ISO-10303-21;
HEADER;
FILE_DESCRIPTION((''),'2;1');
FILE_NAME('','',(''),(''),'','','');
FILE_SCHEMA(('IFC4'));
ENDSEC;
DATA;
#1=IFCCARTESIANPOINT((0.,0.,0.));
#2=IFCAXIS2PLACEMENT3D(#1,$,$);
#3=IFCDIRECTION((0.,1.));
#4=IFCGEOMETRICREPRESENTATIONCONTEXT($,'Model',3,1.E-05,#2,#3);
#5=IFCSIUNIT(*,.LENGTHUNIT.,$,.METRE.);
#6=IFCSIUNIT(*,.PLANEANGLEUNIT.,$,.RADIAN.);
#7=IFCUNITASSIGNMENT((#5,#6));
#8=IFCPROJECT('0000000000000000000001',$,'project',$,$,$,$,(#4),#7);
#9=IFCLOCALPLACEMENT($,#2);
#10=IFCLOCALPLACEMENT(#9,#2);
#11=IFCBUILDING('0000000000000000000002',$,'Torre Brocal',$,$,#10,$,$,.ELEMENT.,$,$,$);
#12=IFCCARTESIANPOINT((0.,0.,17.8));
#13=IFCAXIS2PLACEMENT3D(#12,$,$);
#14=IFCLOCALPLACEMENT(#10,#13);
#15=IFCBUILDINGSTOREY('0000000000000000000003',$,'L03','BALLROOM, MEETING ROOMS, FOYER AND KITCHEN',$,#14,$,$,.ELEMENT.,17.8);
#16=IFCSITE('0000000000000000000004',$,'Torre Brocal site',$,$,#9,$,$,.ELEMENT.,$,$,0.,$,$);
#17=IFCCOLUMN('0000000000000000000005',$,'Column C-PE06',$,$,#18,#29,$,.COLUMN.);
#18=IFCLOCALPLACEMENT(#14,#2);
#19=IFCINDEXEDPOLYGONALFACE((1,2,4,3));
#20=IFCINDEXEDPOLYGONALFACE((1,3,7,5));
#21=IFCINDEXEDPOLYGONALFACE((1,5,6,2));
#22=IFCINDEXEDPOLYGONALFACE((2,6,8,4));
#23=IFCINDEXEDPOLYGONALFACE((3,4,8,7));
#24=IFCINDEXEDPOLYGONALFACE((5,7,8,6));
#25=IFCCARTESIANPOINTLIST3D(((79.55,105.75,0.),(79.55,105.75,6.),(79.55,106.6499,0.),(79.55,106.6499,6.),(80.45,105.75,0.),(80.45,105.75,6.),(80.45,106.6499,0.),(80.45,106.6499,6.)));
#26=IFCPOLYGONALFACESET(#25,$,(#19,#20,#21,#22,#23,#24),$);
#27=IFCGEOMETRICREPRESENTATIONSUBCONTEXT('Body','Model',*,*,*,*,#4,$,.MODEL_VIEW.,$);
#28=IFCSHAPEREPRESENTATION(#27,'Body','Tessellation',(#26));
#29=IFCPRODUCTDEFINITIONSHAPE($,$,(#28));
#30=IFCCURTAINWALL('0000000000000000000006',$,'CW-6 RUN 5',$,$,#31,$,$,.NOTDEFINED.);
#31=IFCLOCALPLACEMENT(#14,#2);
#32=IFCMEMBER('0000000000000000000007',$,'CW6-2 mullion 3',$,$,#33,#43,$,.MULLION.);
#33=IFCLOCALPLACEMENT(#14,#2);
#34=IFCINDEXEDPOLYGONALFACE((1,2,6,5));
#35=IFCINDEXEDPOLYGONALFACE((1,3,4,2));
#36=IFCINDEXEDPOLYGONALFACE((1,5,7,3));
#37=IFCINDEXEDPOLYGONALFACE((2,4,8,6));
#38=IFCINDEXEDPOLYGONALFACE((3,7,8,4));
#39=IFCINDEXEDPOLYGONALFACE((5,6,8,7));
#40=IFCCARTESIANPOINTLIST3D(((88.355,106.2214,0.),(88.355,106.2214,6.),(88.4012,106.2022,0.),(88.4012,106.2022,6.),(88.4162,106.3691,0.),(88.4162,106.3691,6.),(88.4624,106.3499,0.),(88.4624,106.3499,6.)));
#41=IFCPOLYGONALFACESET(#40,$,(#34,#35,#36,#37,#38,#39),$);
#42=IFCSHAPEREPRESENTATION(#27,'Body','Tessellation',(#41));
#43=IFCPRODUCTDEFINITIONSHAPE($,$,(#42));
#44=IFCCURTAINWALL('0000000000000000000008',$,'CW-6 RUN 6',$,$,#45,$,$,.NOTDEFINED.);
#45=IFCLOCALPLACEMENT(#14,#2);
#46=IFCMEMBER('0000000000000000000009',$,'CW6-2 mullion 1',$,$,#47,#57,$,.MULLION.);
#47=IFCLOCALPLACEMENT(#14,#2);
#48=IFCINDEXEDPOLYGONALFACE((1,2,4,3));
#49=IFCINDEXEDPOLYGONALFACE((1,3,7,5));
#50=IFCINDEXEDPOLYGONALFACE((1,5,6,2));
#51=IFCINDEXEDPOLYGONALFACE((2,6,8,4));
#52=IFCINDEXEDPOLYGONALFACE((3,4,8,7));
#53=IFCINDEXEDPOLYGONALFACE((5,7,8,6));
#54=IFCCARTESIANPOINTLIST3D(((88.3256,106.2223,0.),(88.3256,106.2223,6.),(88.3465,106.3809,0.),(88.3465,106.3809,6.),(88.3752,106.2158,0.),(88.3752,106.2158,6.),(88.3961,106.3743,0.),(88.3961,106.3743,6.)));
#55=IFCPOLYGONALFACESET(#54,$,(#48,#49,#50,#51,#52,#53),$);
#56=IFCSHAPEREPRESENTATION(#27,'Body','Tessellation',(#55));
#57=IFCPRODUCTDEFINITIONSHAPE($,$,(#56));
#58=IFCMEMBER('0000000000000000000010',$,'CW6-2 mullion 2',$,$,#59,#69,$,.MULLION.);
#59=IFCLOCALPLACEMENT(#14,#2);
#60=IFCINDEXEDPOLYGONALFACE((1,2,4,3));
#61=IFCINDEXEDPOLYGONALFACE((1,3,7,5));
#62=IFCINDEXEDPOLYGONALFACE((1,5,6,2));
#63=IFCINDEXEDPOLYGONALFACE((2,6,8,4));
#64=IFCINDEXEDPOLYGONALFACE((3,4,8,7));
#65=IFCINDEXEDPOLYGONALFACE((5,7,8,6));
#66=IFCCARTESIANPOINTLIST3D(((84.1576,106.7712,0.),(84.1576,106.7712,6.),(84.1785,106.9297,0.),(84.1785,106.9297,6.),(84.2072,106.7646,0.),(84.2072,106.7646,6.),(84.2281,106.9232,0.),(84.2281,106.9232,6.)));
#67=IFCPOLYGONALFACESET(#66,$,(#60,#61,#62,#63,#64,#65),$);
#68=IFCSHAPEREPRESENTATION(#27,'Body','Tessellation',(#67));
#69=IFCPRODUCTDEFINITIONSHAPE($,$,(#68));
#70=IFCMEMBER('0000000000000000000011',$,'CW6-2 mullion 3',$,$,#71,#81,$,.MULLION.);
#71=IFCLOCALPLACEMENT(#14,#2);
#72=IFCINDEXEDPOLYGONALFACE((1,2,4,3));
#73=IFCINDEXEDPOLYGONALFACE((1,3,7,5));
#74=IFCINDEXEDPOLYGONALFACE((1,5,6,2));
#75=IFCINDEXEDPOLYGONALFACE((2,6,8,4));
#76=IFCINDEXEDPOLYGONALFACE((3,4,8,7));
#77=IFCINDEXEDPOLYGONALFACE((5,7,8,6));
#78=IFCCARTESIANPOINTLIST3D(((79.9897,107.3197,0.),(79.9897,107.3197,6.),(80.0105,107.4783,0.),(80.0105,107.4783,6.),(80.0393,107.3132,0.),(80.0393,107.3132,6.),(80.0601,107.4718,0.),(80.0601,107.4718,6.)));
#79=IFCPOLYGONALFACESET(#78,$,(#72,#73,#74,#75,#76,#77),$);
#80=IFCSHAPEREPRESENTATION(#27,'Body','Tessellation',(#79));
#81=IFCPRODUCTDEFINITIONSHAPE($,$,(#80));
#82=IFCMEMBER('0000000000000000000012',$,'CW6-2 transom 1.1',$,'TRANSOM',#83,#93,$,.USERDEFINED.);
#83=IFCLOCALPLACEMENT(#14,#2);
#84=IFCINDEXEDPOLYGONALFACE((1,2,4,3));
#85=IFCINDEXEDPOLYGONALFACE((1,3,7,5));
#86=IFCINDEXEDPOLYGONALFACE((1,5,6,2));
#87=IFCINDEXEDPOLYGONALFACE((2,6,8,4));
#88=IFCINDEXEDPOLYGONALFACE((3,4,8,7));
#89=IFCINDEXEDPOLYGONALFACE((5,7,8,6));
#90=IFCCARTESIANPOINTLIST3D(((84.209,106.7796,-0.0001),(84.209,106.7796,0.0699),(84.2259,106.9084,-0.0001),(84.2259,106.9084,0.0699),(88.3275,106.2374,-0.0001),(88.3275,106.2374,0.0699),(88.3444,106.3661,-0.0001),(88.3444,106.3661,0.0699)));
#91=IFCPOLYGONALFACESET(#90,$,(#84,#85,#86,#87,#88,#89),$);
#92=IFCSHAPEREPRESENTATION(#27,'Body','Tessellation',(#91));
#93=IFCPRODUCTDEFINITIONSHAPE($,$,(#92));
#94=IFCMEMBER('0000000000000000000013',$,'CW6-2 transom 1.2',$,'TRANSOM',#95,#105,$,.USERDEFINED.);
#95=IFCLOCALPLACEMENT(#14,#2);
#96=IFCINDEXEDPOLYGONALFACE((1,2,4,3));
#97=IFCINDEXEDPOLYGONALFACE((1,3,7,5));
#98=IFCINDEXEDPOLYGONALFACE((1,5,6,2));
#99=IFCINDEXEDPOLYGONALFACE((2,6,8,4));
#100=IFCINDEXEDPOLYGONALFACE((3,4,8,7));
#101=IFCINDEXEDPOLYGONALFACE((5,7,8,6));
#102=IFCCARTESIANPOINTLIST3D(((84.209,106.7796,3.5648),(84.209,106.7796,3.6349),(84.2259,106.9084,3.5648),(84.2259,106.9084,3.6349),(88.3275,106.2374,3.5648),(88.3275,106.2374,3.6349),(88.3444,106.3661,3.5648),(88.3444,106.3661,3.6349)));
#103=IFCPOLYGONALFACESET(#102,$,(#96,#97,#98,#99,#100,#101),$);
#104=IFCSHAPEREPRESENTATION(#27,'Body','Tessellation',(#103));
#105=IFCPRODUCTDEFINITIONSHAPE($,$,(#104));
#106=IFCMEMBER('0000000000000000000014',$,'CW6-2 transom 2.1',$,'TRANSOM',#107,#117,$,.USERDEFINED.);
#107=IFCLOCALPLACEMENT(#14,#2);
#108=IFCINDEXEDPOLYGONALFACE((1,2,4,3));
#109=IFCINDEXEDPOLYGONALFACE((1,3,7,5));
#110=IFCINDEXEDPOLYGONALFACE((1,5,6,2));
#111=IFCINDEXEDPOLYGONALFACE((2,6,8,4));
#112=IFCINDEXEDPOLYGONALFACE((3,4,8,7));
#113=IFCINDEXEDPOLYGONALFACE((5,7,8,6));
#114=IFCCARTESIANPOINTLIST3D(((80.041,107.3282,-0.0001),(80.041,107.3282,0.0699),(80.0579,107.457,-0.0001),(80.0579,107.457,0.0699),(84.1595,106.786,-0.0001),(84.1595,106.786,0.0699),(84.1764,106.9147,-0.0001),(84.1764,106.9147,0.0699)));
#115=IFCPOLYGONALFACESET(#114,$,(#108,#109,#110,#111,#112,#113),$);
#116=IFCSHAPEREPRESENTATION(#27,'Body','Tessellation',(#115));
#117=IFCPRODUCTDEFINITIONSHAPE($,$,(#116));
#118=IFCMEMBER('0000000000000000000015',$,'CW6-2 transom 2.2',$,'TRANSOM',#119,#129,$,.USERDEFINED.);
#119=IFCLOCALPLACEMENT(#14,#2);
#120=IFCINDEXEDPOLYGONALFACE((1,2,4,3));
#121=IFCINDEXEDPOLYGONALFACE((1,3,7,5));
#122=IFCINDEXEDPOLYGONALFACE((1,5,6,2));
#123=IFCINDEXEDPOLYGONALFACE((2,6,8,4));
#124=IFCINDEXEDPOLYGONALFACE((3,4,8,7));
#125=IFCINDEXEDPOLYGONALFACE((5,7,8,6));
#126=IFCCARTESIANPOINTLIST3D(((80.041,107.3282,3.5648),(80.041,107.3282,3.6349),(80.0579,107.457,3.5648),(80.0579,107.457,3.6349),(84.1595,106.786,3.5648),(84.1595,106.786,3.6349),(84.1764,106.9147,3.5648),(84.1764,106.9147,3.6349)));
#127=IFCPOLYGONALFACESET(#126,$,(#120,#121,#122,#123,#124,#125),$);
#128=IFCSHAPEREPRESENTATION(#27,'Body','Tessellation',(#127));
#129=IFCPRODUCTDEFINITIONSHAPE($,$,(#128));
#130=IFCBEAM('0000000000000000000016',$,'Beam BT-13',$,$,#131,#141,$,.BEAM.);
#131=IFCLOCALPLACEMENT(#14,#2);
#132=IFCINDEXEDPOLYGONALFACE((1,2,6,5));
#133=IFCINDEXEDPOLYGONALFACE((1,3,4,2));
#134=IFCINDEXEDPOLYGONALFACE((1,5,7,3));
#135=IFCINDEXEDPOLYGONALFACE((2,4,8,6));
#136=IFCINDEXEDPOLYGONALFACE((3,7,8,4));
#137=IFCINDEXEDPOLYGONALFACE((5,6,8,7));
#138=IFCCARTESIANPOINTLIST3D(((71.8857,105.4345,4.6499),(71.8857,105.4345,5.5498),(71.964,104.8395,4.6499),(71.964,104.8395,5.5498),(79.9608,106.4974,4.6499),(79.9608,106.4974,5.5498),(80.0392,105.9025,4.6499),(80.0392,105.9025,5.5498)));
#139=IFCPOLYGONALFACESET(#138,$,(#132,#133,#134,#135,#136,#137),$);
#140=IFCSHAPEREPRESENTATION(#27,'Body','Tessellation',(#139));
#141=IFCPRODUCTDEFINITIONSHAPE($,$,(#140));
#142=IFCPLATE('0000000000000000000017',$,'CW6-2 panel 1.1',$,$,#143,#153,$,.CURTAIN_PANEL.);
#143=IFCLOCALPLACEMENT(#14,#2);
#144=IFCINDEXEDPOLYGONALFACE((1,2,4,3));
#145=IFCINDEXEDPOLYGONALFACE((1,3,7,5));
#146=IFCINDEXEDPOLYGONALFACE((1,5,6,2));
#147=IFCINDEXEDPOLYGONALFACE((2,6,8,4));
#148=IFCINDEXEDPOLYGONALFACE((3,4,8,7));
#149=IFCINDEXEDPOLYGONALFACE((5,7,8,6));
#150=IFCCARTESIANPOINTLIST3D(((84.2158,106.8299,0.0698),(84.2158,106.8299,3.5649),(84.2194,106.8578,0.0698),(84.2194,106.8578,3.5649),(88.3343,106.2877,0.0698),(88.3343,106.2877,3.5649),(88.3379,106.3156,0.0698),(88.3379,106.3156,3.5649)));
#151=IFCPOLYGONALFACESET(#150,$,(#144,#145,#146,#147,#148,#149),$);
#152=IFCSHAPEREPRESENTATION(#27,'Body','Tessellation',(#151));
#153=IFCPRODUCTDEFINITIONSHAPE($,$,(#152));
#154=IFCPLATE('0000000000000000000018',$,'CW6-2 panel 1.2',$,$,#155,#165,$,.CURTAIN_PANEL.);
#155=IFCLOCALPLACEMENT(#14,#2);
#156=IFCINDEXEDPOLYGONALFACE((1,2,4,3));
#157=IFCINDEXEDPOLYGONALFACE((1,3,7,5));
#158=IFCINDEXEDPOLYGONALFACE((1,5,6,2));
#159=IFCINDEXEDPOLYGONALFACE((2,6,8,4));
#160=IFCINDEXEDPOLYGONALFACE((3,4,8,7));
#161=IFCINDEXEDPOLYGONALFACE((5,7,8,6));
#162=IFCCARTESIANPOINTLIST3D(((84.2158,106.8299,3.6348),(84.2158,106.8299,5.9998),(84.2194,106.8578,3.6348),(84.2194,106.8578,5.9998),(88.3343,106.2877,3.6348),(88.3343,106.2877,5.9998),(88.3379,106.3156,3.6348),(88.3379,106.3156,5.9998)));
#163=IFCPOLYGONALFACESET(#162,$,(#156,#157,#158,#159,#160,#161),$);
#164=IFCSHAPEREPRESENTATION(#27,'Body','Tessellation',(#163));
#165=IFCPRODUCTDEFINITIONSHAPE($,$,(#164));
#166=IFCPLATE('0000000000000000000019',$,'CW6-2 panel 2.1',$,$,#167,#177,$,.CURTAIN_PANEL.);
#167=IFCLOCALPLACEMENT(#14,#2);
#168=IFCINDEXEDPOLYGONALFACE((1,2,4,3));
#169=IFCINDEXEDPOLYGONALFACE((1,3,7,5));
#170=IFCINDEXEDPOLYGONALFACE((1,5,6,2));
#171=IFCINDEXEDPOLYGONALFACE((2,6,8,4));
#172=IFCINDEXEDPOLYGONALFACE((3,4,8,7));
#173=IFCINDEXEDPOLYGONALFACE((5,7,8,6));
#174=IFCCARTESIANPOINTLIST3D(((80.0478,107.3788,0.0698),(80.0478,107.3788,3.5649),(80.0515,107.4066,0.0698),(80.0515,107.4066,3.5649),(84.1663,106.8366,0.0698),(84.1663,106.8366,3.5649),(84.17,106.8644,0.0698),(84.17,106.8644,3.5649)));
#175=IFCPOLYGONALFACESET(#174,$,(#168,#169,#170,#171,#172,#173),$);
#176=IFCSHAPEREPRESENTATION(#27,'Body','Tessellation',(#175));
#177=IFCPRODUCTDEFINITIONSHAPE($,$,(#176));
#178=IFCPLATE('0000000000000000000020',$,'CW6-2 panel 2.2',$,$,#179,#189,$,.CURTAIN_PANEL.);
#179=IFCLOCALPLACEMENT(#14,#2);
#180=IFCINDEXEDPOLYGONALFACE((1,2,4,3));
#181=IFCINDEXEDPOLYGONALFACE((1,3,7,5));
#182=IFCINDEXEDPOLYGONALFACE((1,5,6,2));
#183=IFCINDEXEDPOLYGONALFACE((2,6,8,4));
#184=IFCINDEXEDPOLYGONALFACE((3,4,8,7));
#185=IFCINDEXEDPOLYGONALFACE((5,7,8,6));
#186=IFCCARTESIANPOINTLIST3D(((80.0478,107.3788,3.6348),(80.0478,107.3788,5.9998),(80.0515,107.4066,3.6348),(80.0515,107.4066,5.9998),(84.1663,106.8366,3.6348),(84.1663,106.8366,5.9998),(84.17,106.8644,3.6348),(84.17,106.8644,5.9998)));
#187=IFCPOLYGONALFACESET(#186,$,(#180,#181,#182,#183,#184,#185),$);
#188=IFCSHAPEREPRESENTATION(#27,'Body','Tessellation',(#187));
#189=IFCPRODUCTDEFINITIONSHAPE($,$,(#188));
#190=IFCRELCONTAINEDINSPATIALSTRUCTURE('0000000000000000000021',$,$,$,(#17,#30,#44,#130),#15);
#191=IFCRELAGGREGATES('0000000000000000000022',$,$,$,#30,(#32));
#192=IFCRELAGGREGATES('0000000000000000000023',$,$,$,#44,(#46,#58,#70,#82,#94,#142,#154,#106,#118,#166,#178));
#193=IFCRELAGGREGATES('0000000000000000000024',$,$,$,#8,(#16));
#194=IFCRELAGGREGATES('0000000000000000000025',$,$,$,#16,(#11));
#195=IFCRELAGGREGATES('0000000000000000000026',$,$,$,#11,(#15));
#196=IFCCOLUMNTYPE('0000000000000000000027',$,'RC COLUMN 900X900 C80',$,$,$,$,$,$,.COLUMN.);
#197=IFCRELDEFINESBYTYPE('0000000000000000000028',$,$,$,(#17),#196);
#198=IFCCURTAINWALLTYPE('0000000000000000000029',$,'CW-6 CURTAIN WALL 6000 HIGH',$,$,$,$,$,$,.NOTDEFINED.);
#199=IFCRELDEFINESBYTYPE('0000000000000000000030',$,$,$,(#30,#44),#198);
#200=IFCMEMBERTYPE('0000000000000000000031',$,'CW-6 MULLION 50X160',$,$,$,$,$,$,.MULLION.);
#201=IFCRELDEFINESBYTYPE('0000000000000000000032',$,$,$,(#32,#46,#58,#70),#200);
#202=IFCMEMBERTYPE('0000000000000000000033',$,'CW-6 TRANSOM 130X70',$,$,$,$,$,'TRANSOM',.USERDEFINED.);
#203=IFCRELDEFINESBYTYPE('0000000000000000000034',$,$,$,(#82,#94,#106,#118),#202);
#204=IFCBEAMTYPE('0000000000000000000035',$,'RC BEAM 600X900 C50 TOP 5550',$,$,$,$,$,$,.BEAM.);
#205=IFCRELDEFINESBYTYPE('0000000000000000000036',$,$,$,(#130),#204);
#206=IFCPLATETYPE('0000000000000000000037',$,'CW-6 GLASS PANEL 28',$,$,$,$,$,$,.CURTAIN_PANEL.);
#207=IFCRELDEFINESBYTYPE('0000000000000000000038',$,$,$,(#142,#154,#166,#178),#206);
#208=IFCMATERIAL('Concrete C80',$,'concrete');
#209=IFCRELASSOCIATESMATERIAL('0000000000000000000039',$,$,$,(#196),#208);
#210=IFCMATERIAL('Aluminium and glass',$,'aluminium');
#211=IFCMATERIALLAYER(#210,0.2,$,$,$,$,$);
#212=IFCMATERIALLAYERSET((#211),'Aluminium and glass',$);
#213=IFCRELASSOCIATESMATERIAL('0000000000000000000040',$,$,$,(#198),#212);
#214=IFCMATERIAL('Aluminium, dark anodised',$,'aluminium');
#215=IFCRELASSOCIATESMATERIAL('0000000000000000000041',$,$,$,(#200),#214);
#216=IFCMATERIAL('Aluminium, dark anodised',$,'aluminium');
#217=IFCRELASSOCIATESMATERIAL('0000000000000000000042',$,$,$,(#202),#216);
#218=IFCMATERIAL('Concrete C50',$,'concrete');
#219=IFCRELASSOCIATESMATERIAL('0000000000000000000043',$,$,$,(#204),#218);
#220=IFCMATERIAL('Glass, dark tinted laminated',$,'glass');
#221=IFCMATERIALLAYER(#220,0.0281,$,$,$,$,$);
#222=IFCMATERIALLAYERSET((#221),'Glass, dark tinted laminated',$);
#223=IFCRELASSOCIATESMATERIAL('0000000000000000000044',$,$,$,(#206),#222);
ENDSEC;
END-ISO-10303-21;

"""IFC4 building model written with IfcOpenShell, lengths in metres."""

from ifc_helpers import new_model, si_unit, direction, frame, origin, origin_2d, place, context, subcontext, project, spatial, rectangle, extrude, material, layer, layer_set, material_profile, profile_set, type_object, element, aggregate, save


model = new_model("IFC4")

# Units and contexts
model_context = context("Model", 3, precision=1e-05, world=origin(), true_north=direction((0.0, 1.0)))
body_context = subcontext(model_context, "Body", "Model", "MODEL_VIEW")
ifc_project = project(units=[si_unit("LENGTHUNIT", "METRE"), si_unit("PLANEANGLEUNIT", "RADIAN")], contexts=[model_context])

# Site, building, storey
site_placement = place(None, origin())
site = spatial("IfcSite", under=ifc_project, at=site_placement, Name="Torre Brocal site", CompositionType="ELEMENT", RefElevation=0.0)
building_placement = place(site_placement, origin())
building = spatial("IfcBuilding", under=site, at=building_placement, Name="Torre Brocal", CompositionType="ELEMENT")
storey_placement = place(building_placement, frame((0.0, 0.0, 17.8)))
storey = spatial("IfcBuildingStorey", under=building, at=storey_placement, Name="L03", Description="BALLROOM, MEETING ROOMS, FOYER AND KITCHEN", CompositionType="ELEMENT", Elevation=17.8)

# Column
ifc_material_1 = material(Name="Concrete C80", Category="concrete")
ifc_material_profile_1 = material_profile(ifc_material_1, rectangle(XDim=0.8999, YDim=0.8999, at=origin_2d()), Name="RC 900X900")
ifc_profile_set_1 = profile_set([ifc_material_profile_1], Name="Concrete C80")
column_type = type_object("IfcColumnType", Name="RC COLUMN 900X900 C80", PredefinedType="COLUMN", material=ifc_profile_set_1)
column_placement = place(storey_placement, frame((80.0, 106.2, 0.0), z_axis=(0.0, 0.0, 1.0), x_axis=(0.0, 1.0, 0.0)))
element("IfcColumn", 1, at=column_placement, inside=storey, type_object=column_type, Name="Column C-PE06", PredefinedType="COLUMN", context=body_context, shape_type="SweptSolid", body=[
    extrude(rectangle(XDim=0.8999, YDim=0.8999, at=origin_2d()), origin(), (0.0, 0.0, 1.0), 6.0),
])

# Curtain wall, member
ifc_material_2 = material(Name="Aluminium and glass", Category="aluminium")
ifc_layer_1 = layer(ifc_material_2, 0.2)
ifc_layer_set_1 = layer_set([ifc_layer_1], Name="Aluminium and glass")
curtain_wall_type = type_object("IfcCurtainWallType", Name="CW-6 CURTAIN WALL 6000 HIGH", PredefinedType="NOTDEFINED", material=ifc_layer_set_1)
curtain_wall_1_placement = place(storey_placement, origin())
curtain_wall_1 = element("IfcCurtainWall", 2, at=curtain_wall_1_placement, inside=storey, type_object=curtain_wall_type, Name="CW-6 RUN 5", PredefinedType="NOTDEFINED")
ifc_material_3 = material(Name="Aluminium, dark anodised", Category="aluminium")
ifc_material_profile_2 = material_profile(ifc_material_3, rectangle(XDim=0.1599, YDim=0.05, at=origin_2d()), Name="CW-6 MULLION 50X160")
ifc_profile_set_2 = profile_set([ifc_material_profile_2], Name="Aluminium, dark anodised")
member_type_1 = type_object("IfcMemberType", Name="CW-6 MULLION 50X160", PredefinedType="MULLION", material=ifc_profile_set_2)
member_1_placement = place(storey_placement, frame((88.4087, 106.2856, 0.0), z_axis=(0.0, 0.0, 1.0), x_axis=(-0.382683, -0.92388, 0.0)))
member_1 = element("IfcMember", 3, at=member_1_placement, type_object=member_type_1, Name="CW6-2 mullion 3", PredefinedType="MULLION", context=body_context, shape_type="SweptSolid", body=[
    extrude(rectangle(XDim=0.1599, YDim=0.05, at=origin_2d()), origin(), (0.0, 0.0, 1.0), 6.0),
])
aggregate(curtain_wall_1, [member_1])

# Curtain wall, members
curtain_wall_2_placement = place(storey_placement, origin())
curtain_wall_2 = element("IfcCurtainWall", 4, at=curtain_wall_2_placement, inside=storey, type_object=curtain_wall_type, Name="CW-6 RUN 6", PredefinedType="NOTDEFINED")
member_2_placement = place(storey_placement, frame((88.3608, 106.2983, 0.0), z_axis=(0.0, 0.0, 1.0), x_axis=(-0.130526, -0.991445, 0.0)))
member_2 = element("IfcMember", 5, at=member_2_placement, type_object=member_type_1, Name="CW6-2 mullion 1", PredefinedType="MULLION", context=body_context, shape_type="SweptSolid", body=[
    extrude(rectangle(XDim=0.1599, YDim=0.05, at=origin_2d()), origin(), (0.0, 0.0, 1.0), 6.0),
])
member_3_placement = place(storey_placement, frame((84.1929, 106.8472, 0.0), z_axis=(0.0, 0.0, 1.0), x_axis=(-0.130526, -0.991445, 0.0)))
member_3 = element("IfcMember", 6, at=member_3_placement, type_object=member_type_1, Name="CW6-2 mullion 2", PredefinedType="MULLION", context=body_context, shape_type="SweptSolid", body=[
    extrude(rectangle(XDim=0.1599, YDim=0.05, at=origin_2d()), origin(), (0.0, 0.0, 1.0), 6.0),
])
member_4_placement = place(storey_placement, frame((80.0249, 107.3958, 0.0), z_axis=(0.0, 0.0, 1.0), x_axis=(-0.130526, -0.991445, 0.0)))
member_4 = element("IfcMember", 7, at=member_4_placement, type_object=member_type_1, Name="CW6-2 mullion 3", PredefinedType="MULLION", context=body_context, shape_type="SweptSolid", body=[
    extrude(rectangle(XDim=0.1599, YDim=0.05, at=origin_2d()), origin(), (0.0, 0.0, 1.0), 6.0),
])
ifc_material_4 = material(Name="Aluminium, dark anodised", Category="aluminium")
ifc_material_profile_3 = material_profile(ifc_material_4, rectangle(XDim=0.1299, YDim=0.0701, at=origin_2d()), Name="CW-6 TRANSOM 130X70")
ifc_profile_set_3 = profile_set([ifc_material_profile_3], Name="Aluminium, dark anodised")
member_type_2 = type_object("IfcMemberType", Name="CW-6 TRANSOM 130X70", ElementType="TRANSOM", PredefinedType="USERDEFINED", material=ifc_profile_set_3)
member_5_placement = place(storey_placement, frame((88.3359, 106.3018, 0.0349), z_axis=(-0.991444, 0.130535, 0.0), x_axis=(-0.130535, -0.991444, 0.0)))
member_5 = element("IfcMember", 8, at=member_5_placement, type_object=member_type_2, Name="CW6-2 transom 1.1", ObjectType="TRANSOM", PredefinedType="USERDEFINED", context=body_context, shape_type="SweptSolid", body=[
    extrude(rectangle(XDim=0.1299, YDim=0.0701, at=origin_2d()), origin(), (0.0, 0.0, 1.0), 4.1541),
])
member_6_placement = place(storey_placement, frame((88.3359, 106.3018, 3.5999), z_axis=(-0.991444, 0.130535, 0.0), x_axis=(-0.130535, -0.991444, 0.0)))
member_6 = element("IfcMember", 9, at=member_6_placement, type_object=member_type_2, Name="CW6-2 transom 1.2", ObjectType="TRANSOM", PredefinedType="USERDEFINED", context=body_context, shape_type="SweptSolid", body=[
    extrude(rectangle(XDim=0.1299, YDim=0.0701, at=origin_2d()), origin(), (0.0, 0.0, 1.0), 4.1541),
])
member_7_placement = place(storey_placement, frame((84.168, 106.8503, 0.0349), z_axis=(-0.991444, 0.130535, 0.0), x_axis=(-0.130535, -0.991444, 0.0)))
member_7 = element("IfcMember", 10, at=member_7_placement, type_object=member_type_2, Name="CW6-2 transom 2.1", ObjectType="TRANSOM", PredefinedType="USERDEFINED", context=body_context, shape_type="SweptSolid", body=[
    extrude(rectangle(XDim=0.1299, YDim=0.0701, at=origin_2d()), origin(), (0.0, 0.0, 1.0), 4.1541),
])
member_8_placement = place(storey_placement, frame((84.168, 106.8503, 3.5999), z_axis=(-0.991444, 0.130535, 0.0), x_axis=(-0.130535, -0.991444, 0.0)))
member_8 = element("IfcMember", 11, at=member_8_placement, type_object=member_type_2, Name="CW6-2 transom 2.2", ObjectType="TRANSOM", PredefinedType="USERDEFINED", context=body_context, shape_type="SweptSolid", body=[
    extrude(rectangle(XDim=0.1299, YDim=0.0701, at=origin_2d()), origin(), (0.0, 0.0, 1.0), 4.1541),
])

# Beam
ifc_material_5 = material(Name="Concrete C50", Category="concrete")
ifc_material_profile_4 = material_profile(ifc_material_5, rectangle(XDim=0.6001, YDim=0.8999, at=origin_2d()), Name="RC 600X900")
ifc_profile_set_4 = profile_set([ifc_material_profile_4], Name="Concrete C50")
beam_type = type_object("IfcBeamType", Name="RC BEAM 600X900 C50 TOP 5550", PredefinedType="BEAM", material=ifc_profile_set_4)
beam_placement = place(storey_placement, frame((80.0, 106.2, 5.0999), z_axis=(-0.991447, -0.13051, 0.0), x_axis=(0.13051, -0.991447, 0.0)))
element("IfcBeam", 12, at=beam_placement, inside=storey, type_object=beam_type, Name="Beam BT-13", PredefinedType="BEAM", context=body_context, shape_type="SweptSolid", body=[
    extrude(rectangle(XDim=0.6001, YDim=0.8999, at=origin_2d()), origin(), (0.0, 0.0, 1.0), 8.1448),
])

# Plates
ifc_material_6 = material(Name="Glass, dark tinted laminated", Category="glass")
ifc_layer_2 = layer(ifc_material_6, 0.0281)
ifc_layer_set_2 = layer_set([ifc_layer_2], Name="Glass, dark tinted laminated")
plate_type = type_object("IfcPlateType", Name="CW-6 GLASS PANEL 28", PredefinedType="CURTAIN_PANEL", material=ifc_layer_set_2)
plate_1_placement = place(storey_placement, frame((86.2769, 106.5728, 0.0698), z_axis=(0.0, 0.0, 1.0), x_axis=(-0.991445, 0.130526, 0.0)))
plate_1 = element("IfcPlate", 13, at=plate_1_placement, type_object=plate_type, Name="CW6-2 panel 1.1", PredefinedType="CURTAIN_PANEL", context=body_context, shape_type="SweptSolid", body=[
    extrude(rectangle(XDim=4.1541, YDim=0.0281, at=origin_2d()), origin(), (0.0, 0.0, 1.0), 3.4951),
])
plate_2_placement = place(storey_placement, frame((86.2769, 106.5728, 3.6348), z_axis=(0.0, 0.0, 1.0), x_axis=(-0.991445, 0.130526, 0.0)))
plate_2 = element("IfcPlate", 14, at=plate_2_placement, type_object=plate_type, Name="CW6-2 panel 1.2", PredefinedType="CURTAIN_PANEL", context=body_context, shape_type="SweptSolid", body=[
    extrude(rectangle(XDim=4.1541, YDim=0.0281, at=origin_2d()), origin(), (0.0, 0.0, 1.0), 2.365),
])
plate_3_placement = place(storey_placement, frame((82.1089, 107.1216, 0.0698), z_axis=(0.0, 0.0, 1.0), x_axis=(-0.991445, 0.130526, 0.0)))
plate_3 = element("IfcPlate", 15, at=plate_3_placement, type_object=plate_type, Name="CW6-2 panel 2.1", PredefinedType="CURTAIN_PANEL", context=body_context, shape_type="SweptSolid", body=[
    extrude(rectangle(XDim=4.1541, YDim=0.0281, at=origin_2d()), origin(), (0.0, 0.0, 1.0), 3.4951),
])
plate_4_placement = place(storey_placement, frame((82.1089, 107.1216, 3.6348), z_axis=(0.0, 0.0, 1.0), x_axis=(-0.991445, 0.130526, 0.0)))
plate_4 = element("IfcPlate", 16, at=plate_4_placement, type_object=plate_type, Name="CW6-2 panel 2.2", PredefinedType="CURTAIN_PANEL", context=body_context, shape_type="SweptSolid", body=[
    extrude(rectangle(XDim=4.1541, YDim=0.0281, at=origin_2d()), origin(), (0.0, 0.0, 1.0), 2.365),
])
aggregate(curtain_wall_2, [member_2, member_3, member_4, member_5, member_6, plate_1, plate_2, member_7, member_8, plate_3, plate_4])

save(model, "model.ifc")
